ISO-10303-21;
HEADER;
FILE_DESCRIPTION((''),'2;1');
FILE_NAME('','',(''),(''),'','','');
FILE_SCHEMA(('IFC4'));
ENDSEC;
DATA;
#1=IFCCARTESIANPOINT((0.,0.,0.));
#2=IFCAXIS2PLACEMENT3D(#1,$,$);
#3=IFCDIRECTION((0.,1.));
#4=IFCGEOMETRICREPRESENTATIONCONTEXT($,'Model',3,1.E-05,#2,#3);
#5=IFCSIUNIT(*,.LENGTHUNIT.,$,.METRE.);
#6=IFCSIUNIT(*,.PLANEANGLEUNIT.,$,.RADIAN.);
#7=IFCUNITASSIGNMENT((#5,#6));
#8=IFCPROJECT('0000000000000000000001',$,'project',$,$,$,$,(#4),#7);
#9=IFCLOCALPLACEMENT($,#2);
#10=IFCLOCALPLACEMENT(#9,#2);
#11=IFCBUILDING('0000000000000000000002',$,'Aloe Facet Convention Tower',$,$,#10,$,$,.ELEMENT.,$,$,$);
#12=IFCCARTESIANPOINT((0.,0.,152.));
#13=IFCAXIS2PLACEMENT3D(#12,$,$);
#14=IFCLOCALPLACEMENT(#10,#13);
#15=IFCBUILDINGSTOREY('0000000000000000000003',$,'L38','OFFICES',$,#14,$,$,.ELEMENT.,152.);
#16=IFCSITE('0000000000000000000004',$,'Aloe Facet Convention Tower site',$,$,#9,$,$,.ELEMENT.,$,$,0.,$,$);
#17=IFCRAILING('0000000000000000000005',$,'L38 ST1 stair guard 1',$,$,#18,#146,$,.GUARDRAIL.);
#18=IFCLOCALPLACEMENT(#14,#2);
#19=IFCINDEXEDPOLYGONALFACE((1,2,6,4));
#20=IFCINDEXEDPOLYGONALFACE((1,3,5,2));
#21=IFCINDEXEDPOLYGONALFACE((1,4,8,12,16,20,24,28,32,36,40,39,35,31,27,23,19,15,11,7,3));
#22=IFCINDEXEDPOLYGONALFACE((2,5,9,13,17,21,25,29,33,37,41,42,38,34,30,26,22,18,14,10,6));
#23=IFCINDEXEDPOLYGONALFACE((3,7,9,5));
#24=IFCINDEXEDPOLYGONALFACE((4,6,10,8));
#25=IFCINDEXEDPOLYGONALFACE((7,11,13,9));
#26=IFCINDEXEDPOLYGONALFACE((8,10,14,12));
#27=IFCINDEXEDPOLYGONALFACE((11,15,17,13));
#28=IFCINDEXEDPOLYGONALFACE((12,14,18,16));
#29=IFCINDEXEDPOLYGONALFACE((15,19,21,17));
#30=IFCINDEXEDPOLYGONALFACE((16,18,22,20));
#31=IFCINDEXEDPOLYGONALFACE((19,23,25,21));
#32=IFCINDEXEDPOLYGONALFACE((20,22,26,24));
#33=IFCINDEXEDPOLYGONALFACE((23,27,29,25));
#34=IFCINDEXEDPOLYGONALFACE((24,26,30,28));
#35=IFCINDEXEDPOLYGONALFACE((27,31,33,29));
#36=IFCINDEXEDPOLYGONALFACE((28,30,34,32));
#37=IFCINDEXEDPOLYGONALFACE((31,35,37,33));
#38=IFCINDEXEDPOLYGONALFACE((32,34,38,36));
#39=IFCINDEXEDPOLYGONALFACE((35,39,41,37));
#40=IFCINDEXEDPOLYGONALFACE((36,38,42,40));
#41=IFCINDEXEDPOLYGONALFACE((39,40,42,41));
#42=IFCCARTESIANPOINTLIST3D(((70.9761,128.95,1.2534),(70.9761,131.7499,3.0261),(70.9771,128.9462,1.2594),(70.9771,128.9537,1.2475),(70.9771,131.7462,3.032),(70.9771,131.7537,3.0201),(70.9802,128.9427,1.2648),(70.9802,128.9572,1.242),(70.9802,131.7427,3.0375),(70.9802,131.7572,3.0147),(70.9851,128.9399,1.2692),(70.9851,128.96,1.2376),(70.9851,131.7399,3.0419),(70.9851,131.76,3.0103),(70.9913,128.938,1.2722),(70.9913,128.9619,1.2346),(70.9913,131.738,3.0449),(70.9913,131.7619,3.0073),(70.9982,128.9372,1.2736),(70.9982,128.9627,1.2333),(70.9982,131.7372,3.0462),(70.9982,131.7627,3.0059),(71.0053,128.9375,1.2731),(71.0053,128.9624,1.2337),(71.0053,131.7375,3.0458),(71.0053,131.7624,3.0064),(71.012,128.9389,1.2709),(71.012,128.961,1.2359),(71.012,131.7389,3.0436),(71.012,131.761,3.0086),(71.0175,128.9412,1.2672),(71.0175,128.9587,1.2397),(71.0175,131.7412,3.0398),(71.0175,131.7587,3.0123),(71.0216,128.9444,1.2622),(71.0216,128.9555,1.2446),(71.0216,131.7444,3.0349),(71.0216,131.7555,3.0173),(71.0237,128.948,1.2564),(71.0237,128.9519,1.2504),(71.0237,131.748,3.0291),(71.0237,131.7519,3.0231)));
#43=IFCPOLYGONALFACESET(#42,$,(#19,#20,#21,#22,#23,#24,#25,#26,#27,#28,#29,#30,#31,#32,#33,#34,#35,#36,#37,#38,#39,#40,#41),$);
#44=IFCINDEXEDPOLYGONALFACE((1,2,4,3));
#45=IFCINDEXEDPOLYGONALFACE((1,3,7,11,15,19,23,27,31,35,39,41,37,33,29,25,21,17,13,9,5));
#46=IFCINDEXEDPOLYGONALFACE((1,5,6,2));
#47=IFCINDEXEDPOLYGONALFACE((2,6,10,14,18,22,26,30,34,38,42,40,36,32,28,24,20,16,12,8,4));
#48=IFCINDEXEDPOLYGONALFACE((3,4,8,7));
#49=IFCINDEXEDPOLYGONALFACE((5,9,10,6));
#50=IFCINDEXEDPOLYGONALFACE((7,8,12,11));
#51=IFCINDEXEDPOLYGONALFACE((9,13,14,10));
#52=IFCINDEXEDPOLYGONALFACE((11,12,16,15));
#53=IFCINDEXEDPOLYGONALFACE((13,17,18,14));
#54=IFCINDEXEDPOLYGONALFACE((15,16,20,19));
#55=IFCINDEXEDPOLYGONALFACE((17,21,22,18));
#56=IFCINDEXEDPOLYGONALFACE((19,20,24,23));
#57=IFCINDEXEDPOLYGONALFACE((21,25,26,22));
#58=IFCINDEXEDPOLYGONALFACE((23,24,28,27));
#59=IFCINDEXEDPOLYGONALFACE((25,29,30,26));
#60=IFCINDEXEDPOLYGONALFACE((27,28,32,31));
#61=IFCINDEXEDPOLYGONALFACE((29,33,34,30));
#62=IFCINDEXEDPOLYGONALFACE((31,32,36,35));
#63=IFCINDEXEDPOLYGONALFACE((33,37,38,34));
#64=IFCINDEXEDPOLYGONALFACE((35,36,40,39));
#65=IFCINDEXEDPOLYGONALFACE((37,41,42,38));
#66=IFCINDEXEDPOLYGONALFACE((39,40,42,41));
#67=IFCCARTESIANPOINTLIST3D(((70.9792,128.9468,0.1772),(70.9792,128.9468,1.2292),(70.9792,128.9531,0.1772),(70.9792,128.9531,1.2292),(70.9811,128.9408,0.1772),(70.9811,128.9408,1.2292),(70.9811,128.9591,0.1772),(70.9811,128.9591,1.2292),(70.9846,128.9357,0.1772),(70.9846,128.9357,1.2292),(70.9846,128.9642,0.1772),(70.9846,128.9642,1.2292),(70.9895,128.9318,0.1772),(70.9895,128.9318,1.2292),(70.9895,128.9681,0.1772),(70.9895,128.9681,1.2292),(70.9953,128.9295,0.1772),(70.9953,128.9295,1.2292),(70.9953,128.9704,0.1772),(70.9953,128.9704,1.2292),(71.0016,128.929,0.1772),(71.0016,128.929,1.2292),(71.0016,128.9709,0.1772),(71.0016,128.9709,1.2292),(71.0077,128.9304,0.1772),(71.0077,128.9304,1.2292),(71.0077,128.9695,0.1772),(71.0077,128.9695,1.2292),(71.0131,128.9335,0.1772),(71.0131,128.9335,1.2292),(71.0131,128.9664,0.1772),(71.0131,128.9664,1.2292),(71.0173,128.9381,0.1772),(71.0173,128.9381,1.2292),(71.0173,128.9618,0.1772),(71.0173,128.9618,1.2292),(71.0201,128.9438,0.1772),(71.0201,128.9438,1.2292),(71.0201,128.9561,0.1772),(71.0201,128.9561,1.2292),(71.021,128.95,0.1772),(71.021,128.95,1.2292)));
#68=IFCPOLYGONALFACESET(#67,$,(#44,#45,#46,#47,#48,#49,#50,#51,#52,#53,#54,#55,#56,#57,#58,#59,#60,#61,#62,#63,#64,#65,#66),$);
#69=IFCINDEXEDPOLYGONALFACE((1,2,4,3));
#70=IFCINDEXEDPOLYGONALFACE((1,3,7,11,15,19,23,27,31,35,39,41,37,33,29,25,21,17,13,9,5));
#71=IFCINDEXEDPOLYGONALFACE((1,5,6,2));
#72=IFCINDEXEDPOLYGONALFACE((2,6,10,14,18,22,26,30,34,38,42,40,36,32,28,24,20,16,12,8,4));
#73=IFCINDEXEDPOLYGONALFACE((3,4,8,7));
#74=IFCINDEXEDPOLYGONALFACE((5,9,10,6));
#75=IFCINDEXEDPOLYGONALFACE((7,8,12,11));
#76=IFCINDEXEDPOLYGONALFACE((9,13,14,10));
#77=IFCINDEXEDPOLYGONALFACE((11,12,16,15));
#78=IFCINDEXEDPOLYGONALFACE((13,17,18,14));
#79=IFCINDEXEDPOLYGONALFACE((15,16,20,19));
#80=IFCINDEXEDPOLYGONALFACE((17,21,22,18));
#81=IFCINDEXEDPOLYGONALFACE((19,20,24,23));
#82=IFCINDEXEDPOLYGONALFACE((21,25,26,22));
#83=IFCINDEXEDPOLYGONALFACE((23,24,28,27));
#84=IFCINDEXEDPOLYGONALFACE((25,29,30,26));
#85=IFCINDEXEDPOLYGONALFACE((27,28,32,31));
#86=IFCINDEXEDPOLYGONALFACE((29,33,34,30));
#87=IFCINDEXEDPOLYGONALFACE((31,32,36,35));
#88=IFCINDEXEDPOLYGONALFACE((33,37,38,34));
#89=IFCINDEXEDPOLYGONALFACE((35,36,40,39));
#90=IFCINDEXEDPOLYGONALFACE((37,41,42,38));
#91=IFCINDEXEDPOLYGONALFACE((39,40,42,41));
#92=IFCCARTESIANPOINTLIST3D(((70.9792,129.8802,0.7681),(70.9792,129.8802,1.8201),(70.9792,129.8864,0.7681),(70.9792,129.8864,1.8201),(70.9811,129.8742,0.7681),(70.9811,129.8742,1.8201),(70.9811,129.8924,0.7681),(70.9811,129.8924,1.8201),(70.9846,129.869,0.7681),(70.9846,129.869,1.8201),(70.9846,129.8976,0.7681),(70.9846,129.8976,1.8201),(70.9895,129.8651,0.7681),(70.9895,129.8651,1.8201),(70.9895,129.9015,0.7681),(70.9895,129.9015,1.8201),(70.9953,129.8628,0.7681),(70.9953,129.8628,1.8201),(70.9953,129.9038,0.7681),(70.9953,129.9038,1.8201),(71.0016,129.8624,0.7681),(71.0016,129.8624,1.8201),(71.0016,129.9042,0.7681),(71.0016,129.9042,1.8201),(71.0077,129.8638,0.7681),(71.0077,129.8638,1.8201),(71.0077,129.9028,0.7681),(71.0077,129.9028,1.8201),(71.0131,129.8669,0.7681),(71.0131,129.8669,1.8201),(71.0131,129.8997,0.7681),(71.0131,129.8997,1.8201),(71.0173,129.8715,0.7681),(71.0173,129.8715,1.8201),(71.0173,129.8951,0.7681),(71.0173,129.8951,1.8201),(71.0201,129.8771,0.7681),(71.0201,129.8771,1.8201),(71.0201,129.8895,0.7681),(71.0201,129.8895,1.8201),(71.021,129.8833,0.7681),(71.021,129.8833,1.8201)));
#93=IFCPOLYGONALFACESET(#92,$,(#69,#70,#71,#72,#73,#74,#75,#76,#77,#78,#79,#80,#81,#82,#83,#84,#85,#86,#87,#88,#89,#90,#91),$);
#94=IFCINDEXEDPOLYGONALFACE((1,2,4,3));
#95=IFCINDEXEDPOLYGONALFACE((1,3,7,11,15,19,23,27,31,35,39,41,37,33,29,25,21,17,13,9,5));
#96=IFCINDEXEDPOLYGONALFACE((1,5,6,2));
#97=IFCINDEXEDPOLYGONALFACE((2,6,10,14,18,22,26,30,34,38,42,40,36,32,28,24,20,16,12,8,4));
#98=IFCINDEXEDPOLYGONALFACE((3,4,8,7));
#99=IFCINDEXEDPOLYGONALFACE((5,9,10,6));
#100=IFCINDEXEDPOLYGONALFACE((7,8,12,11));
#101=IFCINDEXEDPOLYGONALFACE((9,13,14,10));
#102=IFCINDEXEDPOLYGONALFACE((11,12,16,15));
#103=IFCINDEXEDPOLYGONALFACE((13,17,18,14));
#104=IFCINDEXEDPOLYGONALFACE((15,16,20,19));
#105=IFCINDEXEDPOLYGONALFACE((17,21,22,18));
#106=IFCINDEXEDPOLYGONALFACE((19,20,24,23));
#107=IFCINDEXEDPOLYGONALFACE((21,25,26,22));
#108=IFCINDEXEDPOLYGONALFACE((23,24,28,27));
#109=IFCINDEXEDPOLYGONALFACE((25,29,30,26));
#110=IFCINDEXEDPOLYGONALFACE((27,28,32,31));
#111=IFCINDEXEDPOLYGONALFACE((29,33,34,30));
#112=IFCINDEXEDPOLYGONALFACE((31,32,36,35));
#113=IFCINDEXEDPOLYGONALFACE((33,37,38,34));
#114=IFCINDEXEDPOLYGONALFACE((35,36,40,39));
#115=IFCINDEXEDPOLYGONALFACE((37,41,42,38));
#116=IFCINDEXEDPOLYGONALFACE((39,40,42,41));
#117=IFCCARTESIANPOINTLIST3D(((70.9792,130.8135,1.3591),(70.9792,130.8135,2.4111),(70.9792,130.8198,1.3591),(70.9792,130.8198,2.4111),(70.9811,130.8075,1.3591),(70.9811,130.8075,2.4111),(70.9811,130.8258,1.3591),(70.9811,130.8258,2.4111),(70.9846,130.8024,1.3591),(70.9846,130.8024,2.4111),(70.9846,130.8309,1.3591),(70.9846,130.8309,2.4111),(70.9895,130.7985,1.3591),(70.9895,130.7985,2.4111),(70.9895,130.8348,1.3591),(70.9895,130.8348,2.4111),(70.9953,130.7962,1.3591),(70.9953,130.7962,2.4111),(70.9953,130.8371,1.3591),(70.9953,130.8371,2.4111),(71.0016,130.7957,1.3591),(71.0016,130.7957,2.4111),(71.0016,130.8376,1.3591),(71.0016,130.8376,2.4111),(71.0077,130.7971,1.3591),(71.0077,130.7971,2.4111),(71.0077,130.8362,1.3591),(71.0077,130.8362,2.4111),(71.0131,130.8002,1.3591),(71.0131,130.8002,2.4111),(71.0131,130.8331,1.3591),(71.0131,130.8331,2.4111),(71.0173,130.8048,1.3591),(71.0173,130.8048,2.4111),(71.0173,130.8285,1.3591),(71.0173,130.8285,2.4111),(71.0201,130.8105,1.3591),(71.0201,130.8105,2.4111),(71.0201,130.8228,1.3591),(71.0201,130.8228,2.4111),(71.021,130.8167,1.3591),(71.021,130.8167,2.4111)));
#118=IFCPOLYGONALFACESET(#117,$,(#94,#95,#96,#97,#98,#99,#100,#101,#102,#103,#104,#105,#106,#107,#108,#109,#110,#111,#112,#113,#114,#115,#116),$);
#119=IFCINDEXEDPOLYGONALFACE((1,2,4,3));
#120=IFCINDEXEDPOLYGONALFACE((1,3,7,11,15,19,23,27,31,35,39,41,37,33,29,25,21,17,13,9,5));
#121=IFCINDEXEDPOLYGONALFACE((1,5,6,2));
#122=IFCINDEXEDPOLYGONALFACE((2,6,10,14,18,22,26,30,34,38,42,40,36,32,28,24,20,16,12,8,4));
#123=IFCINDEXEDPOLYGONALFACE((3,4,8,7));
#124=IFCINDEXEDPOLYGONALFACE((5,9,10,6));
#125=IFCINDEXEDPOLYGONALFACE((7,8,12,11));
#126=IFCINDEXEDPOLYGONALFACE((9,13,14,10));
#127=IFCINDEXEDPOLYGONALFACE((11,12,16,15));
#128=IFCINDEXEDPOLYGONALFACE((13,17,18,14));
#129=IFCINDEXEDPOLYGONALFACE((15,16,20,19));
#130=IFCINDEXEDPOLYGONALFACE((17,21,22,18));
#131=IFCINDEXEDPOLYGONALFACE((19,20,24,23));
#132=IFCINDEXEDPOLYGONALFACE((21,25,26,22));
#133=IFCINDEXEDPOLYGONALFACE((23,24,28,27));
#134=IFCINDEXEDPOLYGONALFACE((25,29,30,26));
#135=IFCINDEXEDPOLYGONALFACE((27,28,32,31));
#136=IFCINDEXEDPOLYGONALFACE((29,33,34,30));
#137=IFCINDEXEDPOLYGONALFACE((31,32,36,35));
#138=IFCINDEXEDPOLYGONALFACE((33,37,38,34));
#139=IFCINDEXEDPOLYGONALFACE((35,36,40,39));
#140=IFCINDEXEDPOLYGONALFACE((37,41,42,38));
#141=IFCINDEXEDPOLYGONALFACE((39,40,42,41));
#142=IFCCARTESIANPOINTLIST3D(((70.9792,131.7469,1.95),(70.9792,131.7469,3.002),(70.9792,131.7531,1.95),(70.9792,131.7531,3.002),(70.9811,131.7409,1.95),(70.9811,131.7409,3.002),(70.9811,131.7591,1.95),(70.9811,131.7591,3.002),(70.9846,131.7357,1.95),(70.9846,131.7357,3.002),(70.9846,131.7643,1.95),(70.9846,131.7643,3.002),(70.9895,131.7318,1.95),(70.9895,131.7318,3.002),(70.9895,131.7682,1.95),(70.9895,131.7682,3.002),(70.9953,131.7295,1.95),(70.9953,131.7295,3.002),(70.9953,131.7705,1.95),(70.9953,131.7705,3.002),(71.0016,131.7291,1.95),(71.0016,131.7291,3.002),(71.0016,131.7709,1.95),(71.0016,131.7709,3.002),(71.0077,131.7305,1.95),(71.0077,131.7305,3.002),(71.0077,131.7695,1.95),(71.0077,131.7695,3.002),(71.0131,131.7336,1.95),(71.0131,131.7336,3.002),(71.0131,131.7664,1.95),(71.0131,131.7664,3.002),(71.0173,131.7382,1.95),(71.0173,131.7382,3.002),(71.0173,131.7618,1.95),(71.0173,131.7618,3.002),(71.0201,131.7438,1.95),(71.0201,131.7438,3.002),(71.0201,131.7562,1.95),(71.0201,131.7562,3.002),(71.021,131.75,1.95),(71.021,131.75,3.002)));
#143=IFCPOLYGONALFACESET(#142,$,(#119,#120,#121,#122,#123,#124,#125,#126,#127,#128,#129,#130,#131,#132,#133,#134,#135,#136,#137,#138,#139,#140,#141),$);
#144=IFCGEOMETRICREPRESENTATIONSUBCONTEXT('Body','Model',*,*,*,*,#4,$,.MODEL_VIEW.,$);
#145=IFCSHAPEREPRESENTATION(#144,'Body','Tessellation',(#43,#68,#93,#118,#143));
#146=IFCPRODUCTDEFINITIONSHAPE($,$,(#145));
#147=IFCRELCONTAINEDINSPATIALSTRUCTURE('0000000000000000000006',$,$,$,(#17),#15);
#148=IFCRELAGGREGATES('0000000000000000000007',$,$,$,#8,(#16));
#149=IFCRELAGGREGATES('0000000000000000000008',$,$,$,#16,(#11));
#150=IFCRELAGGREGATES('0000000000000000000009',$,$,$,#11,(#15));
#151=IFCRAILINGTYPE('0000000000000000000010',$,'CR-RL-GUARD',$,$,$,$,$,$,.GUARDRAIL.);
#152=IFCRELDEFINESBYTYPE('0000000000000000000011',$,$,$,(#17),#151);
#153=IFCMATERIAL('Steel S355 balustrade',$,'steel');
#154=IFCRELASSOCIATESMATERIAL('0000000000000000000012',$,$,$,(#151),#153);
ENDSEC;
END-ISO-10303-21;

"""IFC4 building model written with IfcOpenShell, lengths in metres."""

from ifc_helpers import new_model, si_unit, direction, frame, origin, origin_2d, place, context, subcontext, project, spatial, circle, extrude, material, type_object, element, save


model = new_model("IFC4")

# Units and contexts
model_context = context("Model", 3, precision=1e-05, world=origin(), true_north=direction((0.0, 1.0)))
body_context = subcontext(model_context, "Body", "Model", "MODEL_VIEW")
ifc_project = project(units=[si_unit("LENGTHUNIT", "METRE"), si_unit("PLANEANGLEUNIT", "RADIAN")], contexts=[model_context])

# Site, building, storey
site_placement = place(None, origin())
site = spatial("IfcSite", under=ifc_project, at=site_placement, Name="Aloe Facet Convention Tower site", CompositionType="ELEMENT", RefElevation=0.0)
building_placement = place(site_placement, origin())
building = spatial("IfcBuilding", under=site, at=building_placement, Name="Aloe Facet Convention Tower", CompositionType="ELEMENT")
storey_placement = place(building_placement, frame((0.0, 0.0, 152.0)))
storey = spatial("IfcBuildingStorey", under=building, at=storey_placement, Name="L38", Description="OFFICES", CompositionType="ELEMENT", Elevation=152.0)

# Railing
ifc_material_1 = material(Name="Steel S355 balustrade", Category="steel")
railing_type_1 = type_object("IfcRailingType", Name="CR-RL-GUARD", PredefinedType="GUARDRAIL", material=ifc_material_1)
railing_1_placement = place(storey_placement, frame((71.0, 128.95, 0.1772)))
element("IfcRailing", 1, at=railing_1_placement, inside=storey, type_object=railing_type_1, Name="L38 ST1 stair guard 1", PredefinedType="GUARDRAIL", context=body_context, shape_type="SweptSolid", body=[
    extrude(circle(Radius=0.0239, at=origin_2d()), frame((0.0, 0.0, 1.0762), z_axis=(0.0, 0.844909, 0.53491), x_axis=(-1.0, 0.0, 0.0)), (0.0, 0.0, 1.0), 3.314),
    extrude(circle(Radius=0.021, at=origin_2d()), origin(), (0.0, 0.0, 1.0), 1.052),
    extrude(circle(Radius=0.021, at=origin_2d()), frame((0.0, 0.9333, 0.5908)), (0.0, 0.0, 1.0), 1.052),
    extrude(circle(Radius=0.021, at=origin_2d()), frame((0.0, 1.8667, 1.1819)), (0.0, 0.0, 1.0), 1.052),
    extrude(circle(Radius=0.021, at=origin_2d()), frame((0.0, 2.8, 1.7727)), (0.0, 0.0, 1.0), 1.052),
])

save(model, "model.ifc")
